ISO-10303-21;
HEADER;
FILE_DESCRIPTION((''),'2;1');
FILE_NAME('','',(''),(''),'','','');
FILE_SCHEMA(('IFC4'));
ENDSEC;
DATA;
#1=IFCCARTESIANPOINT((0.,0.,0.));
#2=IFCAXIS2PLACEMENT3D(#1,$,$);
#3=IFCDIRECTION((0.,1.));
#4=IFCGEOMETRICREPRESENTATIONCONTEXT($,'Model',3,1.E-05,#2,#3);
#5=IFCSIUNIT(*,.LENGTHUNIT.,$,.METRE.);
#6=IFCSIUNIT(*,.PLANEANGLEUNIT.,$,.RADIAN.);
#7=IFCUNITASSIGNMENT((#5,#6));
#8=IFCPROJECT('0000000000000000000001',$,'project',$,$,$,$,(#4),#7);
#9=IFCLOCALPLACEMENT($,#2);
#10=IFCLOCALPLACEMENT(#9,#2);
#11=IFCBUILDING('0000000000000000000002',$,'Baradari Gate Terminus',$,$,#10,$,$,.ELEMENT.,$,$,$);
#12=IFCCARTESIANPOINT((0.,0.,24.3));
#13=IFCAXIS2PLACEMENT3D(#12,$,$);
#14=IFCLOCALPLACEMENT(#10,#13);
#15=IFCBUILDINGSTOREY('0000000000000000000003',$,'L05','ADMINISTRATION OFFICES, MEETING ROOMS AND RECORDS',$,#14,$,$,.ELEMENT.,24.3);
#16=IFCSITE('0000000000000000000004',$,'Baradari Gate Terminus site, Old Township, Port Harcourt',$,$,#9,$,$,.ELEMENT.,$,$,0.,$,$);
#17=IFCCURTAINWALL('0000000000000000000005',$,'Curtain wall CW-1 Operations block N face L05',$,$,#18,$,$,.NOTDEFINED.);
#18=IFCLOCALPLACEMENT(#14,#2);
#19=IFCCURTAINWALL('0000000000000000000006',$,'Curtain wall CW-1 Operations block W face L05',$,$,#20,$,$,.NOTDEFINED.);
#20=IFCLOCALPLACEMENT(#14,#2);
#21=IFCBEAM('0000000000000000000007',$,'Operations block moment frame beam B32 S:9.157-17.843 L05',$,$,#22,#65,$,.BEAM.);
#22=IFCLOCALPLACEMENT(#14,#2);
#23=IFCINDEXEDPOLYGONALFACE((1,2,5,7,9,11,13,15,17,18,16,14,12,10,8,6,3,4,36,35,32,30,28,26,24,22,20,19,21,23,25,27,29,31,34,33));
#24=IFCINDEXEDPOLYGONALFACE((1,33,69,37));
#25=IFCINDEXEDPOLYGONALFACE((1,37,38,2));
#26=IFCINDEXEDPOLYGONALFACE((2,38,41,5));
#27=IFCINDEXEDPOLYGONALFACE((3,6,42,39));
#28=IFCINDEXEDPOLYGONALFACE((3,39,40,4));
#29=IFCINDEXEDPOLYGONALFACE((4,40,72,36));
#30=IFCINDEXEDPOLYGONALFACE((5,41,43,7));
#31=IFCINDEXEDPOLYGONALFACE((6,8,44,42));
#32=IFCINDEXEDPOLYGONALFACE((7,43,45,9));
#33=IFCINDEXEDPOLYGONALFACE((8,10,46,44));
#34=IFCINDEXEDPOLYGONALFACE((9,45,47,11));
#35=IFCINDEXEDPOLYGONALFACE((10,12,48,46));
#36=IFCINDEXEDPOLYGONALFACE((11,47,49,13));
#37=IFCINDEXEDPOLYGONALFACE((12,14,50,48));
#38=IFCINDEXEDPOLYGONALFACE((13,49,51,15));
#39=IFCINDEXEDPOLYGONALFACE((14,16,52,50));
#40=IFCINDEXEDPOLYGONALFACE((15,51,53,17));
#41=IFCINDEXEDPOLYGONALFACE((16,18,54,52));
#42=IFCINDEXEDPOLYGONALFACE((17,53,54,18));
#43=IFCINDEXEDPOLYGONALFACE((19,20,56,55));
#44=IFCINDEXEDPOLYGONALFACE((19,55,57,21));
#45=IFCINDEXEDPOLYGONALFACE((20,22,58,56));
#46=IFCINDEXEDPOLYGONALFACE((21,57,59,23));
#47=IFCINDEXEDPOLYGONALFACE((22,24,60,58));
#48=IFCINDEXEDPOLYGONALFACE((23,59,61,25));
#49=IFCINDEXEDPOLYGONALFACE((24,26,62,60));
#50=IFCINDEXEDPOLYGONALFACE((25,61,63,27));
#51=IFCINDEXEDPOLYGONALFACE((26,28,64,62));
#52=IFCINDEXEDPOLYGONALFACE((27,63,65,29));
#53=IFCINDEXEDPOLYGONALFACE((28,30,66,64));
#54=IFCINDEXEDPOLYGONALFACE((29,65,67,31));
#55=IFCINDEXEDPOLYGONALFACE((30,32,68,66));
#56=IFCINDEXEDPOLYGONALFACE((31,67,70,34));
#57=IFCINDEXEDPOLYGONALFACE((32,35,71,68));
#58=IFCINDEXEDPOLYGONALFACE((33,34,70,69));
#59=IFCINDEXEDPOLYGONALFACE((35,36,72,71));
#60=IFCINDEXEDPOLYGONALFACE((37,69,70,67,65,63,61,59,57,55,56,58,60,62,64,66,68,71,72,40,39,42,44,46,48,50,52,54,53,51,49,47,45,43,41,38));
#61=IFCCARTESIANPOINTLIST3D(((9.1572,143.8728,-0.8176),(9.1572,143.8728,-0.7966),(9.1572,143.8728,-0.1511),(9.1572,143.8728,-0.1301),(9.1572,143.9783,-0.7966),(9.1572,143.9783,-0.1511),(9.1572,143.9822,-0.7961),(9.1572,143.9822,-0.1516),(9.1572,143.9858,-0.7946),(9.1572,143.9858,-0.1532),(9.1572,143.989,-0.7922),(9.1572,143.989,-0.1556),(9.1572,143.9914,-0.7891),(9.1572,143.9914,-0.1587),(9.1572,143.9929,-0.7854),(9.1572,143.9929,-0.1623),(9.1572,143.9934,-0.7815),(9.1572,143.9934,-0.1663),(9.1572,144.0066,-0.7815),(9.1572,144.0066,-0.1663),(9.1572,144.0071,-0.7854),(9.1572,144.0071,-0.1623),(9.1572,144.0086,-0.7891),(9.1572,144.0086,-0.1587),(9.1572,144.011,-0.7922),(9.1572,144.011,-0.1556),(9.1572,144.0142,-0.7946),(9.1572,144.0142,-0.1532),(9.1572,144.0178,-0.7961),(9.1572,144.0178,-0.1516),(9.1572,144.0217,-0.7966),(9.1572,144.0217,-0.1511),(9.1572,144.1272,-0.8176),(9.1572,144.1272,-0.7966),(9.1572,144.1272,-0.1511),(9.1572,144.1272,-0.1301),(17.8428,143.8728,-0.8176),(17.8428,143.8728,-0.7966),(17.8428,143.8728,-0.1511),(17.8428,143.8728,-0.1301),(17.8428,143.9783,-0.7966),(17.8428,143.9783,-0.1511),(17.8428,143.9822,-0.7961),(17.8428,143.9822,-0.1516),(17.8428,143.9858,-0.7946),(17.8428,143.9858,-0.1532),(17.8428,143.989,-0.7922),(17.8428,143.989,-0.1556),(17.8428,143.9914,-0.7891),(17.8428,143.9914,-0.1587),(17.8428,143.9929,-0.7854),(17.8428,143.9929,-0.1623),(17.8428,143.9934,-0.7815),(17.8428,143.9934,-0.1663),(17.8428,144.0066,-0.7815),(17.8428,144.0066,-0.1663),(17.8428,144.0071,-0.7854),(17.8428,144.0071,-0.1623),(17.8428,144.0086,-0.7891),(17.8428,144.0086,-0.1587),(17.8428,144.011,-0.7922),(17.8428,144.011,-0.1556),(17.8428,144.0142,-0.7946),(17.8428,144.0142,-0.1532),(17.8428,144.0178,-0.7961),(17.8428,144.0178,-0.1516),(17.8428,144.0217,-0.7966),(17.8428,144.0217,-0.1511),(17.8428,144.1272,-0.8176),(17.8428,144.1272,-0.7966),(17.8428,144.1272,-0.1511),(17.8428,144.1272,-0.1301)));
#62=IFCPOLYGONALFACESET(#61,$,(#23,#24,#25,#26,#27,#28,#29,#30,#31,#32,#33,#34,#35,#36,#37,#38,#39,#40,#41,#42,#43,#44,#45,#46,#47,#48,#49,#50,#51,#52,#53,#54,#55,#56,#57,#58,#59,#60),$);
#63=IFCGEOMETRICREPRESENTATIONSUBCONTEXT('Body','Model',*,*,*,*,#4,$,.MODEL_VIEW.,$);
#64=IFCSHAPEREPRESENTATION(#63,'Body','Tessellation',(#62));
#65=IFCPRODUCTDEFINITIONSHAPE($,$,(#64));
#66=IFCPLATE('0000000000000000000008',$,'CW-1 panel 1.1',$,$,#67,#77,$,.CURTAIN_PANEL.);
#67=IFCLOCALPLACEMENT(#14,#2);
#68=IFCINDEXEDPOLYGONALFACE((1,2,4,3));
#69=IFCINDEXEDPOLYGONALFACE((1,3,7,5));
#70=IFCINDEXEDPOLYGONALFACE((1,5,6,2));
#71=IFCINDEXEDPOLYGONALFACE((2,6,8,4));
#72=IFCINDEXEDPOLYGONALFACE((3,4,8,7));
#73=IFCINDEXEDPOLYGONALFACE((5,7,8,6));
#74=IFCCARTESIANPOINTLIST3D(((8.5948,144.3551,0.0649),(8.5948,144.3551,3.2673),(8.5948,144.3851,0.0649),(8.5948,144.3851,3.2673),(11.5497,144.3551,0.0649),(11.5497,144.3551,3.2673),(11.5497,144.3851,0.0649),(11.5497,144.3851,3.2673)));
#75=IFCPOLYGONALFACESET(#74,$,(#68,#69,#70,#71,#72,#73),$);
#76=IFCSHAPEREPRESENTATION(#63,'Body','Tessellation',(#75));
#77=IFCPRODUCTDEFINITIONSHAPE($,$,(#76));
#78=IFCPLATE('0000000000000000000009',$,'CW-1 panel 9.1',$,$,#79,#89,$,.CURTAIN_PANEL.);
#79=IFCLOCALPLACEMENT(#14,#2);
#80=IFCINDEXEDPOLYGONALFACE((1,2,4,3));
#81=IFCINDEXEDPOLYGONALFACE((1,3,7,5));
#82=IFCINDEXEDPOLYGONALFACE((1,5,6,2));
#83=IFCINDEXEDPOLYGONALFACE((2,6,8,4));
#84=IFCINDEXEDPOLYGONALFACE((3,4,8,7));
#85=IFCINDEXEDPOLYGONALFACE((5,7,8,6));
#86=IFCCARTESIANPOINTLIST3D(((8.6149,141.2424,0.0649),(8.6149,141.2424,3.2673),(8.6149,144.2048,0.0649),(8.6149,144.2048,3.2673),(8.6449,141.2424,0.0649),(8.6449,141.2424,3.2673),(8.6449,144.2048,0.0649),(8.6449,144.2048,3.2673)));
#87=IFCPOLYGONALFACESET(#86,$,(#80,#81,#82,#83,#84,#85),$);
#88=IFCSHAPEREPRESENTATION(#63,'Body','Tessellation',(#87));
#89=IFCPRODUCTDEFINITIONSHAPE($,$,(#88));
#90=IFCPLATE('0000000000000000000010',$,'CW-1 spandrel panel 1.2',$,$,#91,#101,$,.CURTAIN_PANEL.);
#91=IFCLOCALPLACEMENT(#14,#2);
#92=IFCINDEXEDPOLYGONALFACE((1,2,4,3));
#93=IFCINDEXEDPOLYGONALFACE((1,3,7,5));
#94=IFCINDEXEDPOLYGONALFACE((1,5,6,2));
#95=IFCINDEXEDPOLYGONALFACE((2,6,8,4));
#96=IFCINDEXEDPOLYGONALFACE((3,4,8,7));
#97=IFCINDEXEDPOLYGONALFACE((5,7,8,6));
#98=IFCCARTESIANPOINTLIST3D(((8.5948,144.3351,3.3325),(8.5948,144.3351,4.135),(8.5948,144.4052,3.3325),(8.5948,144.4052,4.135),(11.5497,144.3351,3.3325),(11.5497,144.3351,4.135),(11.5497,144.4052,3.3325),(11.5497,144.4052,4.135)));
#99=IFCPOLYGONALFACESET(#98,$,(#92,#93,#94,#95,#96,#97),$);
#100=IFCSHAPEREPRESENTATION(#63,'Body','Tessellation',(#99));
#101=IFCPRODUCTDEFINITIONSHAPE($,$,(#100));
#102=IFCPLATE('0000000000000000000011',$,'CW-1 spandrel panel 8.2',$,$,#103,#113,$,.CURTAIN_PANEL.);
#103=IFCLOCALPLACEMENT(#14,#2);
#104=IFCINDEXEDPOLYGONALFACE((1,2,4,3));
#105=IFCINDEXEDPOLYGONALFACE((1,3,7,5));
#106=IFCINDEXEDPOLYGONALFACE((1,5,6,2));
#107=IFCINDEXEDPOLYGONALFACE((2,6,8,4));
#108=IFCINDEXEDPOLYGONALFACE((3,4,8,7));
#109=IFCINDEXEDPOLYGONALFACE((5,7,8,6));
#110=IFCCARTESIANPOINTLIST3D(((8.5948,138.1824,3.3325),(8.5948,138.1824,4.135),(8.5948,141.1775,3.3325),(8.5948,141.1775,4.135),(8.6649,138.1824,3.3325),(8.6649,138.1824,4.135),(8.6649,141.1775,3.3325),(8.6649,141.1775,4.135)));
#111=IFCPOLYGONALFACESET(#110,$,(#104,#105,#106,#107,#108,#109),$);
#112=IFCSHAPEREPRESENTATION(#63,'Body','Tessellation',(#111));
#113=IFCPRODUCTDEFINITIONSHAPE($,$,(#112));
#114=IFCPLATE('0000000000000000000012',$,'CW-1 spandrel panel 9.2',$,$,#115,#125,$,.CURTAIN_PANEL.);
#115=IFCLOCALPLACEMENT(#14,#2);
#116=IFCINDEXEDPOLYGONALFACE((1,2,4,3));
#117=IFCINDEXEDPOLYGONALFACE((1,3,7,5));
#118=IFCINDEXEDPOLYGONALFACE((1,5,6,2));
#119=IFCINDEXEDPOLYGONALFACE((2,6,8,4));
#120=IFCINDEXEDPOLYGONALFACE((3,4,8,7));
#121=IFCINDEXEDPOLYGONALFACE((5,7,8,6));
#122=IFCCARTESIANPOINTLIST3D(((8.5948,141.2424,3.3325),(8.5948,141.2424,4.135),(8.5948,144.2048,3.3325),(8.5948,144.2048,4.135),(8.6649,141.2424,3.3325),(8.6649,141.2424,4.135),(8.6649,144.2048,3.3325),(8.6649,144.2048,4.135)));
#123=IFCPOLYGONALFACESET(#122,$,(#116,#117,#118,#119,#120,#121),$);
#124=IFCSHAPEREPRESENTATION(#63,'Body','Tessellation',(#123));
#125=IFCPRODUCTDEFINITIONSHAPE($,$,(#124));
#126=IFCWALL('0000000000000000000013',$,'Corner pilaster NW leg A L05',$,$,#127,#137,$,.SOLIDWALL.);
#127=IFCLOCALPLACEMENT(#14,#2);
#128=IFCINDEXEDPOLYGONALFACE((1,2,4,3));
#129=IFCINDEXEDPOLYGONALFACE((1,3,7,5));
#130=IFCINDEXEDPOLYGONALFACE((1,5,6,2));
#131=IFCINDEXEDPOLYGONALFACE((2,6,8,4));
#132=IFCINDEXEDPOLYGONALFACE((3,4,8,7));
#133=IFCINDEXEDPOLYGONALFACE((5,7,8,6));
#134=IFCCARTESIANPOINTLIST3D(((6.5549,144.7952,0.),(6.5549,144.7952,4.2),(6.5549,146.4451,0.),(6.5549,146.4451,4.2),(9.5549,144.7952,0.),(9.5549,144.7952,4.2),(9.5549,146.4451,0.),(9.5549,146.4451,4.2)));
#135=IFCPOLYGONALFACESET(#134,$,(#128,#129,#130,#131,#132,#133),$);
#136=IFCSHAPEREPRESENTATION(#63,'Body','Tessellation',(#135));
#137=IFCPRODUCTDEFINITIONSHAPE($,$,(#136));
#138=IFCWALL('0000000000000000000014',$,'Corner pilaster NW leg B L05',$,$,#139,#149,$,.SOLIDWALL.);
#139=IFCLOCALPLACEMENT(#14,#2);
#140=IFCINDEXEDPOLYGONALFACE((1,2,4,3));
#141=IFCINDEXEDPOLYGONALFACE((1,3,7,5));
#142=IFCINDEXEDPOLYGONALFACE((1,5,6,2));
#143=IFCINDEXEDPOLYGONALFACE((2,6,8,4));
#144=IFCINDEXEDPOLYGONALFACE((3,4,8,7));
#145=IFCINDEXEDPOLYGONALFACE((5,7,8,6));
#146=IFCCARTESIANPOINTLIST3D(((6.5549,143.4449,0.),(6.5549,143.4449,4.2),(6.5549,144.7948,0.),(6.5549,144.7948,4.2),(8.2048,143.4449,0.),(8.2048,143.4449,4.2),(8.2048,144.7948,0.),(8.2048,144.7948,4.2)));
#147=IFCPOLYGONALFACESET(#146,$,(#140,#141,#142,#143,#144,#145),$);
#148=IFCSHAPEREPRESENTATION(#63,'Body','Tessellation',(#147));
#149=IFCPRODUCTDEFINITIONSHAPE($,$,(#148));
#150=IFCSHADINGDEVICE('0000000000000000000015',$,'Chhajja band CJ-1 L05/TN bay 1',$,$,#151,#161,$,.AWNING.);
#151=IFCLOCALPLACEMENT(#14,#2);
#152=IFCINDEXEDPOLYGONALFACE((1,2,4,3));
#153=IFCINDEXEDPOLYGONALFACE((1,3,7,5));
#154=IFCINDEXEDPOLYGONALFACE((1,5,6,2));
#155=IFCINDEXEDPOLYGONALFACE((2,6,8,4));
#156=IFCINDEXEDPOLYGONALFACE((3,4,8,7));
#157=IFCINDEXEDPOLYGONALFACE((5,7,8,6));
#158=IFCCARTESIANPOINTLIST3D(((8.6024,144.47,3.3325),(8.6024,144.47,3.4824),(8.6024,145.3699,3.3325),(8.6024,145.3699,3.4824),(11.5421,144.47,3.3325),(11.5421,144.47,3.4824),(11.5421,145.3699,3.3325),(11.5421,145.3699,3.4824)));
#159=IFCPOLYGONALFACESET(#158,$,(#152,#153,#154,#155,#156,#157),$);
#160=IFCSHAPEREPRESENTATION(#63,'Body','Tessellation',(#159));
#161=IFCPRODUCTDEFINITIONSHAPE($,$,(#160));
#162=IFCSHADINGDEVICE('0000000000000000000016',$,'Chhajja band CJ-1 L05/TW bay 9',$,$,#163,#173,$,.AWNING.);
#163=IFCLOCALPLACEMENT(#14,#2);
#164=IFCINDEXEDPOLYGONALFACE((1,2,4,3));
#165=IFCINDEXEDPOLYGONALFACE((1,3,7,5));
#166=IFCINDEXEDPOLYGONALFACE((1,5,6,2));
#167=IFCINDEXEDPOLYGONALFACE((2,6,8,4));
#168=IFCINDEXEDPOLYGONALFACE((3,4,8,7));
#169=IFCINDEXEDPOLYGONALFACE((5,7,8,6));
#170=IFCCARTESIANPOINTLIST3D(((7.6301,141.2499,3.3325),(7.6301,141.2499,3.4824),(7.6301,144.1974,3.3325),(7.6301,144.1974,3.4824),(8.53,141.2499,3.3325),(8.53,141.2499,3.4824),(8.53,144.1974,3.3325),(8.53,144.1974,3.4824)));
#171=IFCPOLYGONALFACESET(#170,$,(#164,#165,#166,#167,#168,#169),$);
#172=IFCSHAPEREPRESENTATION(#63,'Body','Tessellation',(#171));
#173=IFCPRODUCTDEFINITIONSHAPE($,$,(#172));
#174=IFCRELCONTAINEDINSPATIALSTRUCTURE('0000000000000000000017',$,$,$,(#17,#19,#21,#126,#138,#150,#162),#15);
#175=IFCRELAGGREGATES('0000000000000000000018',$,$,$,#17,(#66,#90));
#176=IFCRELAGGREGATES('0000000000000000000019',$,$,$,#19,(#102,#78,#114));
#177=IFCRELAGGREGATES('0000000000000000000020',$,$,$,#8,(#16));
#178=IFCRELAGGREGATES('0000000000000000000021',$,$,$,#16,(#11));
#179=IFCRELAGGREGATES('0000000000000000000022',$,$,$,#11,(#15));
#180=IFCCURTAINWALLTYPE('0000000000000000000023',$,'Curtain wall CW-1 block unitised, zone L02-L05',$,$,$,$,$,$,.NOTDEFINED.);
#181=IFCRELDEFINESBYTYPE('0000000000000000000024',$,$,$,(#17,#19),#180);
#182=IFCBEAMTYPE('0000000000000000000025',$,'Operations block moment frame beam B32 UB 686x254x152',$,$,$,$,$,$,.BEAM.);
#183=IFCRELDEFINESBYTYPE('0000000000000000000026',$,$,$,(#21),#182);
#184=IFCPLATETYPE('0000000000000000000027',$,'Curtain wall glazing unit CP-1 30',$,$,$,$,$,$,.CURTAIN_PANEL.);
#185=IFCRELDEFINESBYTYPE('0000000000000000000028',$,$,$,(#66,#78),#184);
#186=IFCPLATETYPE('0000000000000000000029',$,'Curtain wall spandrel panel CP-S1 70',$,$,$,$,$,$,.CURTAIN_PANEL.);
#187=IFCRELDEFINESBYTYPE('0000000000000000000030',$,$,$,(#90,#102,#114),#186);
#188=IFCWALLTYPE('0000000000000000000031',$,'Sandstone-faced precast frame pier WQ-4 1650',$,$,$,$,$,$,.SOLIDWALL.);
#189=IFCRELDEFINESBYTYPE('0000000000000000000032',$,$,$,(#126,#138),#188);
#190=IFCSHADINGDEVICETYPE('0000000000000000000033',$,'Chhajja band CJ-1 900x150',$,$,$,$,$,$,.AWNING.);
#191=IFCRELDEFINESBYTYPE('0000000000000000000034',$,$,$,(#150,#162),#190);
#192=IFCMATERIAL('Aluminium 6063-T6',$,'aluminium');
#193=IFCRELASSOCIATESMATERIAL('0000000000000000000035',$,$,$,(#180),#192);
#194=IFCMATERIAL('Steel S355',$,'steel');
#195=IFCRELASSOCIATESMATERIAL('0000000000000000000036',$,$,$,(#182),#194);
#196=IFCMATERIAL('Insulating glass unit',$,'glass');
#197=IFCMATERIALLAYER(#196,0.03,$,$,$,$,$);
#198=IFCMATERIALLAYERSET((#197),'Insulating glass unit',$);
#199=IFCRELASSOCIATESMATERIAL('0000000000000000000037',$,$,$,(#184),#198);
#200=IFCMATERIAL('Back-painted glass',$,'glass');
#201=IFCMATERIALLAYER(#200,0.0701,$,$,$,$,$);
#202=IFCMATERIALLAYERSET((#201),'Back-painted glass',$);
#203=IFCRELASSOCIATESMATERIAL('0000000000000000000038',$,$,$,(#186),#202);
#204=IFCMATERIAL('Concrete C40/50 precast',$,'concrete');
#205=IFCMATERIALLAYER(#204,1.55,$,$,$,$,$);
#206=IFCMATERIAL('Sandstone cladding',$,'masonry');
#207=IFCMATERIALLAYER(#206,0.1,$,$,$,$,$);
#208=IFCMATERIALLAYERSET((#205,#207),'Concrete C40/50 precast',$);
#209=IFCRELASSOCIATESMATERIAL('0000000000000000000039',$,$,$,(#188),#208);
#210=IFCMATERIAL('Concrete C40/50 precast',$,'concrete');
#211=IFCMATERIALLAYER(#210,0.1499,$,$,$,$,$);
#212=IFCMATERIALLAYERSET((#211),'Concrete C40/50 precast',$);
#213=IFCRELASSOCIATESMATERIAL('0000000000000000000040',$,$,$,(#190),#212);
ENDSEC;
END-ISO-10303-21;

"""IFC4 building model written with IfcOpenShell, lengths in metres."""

from ifc_helpers import new_model, si_unit, direction, frame, frame_2d, origin, origin_2d, place, context, subcontext, project, spatial, rectangle, i_section, extrude, material, layer, layer_set, material_profile, profile_set, type_object, element, aggregate, save


model = new_model("IFC4")

# Units and contexts
model_context = context("Model", 3, precision=1e-05, world=origin(), true_north=direction((0.0, 1.0)))
body_context = subcontext(model_context, "Body", "Model", "MODEL_VIEW")
ifc_project = project(units=[si_unit("LENGTHUNIT", "METRE"), si_unit("PLANEANGLEUNIT", "RADIAN")], contexts=[model_context])

# Site, building, storey
site_placement = place(None, origin())
site = spatial("IfcSite", under=ifc_project, at=site_placement, Name="Baradari Gate Terminus site, Old Township, Port Harcourt", CompositionType="ELEMENT", RefElevation=0.0)
building_placement = place(site_placement, origin())
building = spatial("IfcBuilding", under=site, at=building_placement, Name="Baradari Gate Terminus", CompositionType="ELEMENT")
storey_placement = place(building_placement, frame((0.0, 0.0, 24.3)))
storey = spatial("IfcBuildingStorey", under=building, at=storey_placement, Name="L05", Description="ADMINISTRATION OFFICES, MEETING ROOMS AND RECORDS", CompositionType="ELEMENT", Elevation=24.3)

# Curtain wall
ifc_material_1 = material(Name="Aluminium 6063-T6", Category="aluminium")
curtain_wall_type = type_object("IfcCurtainWallType", Name="Curtain wall CW-1 block unitised, zone L02-L05", PredefinedType="NOTDEFINED", material=ifc_material_1)
curtain_wall_1_placement = place(storey_placement, origin())
curtain_wall_1 = element("IfcCurtainWall", 1, at=curtain_wall_1_placement, inside=storey, type_object=curtain_wall_type, Name="Curtain wall CW-1 Operations block N face L05", PredefinedType="NOTDEFINED")

# Curtain wall
curtain_wall_2_placement = place(storey_placement, origin())
curtain_wall_2 = element("IfcCurtainWall", 2, at=curtain_wall_2_placement, inside=storey, type_object=curtain_wall_type, Name="Curtain wall CW-1 Operations block W face L05", PredefinedType="NOTDEFINED")

# Beam
ifc_material_2 = material(Name="Steel S355", Category="steel")
ifc_material_profile_1 = material_profile(ifc_material_2, i_section(OverallWidth=0.2544, OverallDepth=0.6875, WebThickness=0.0132, FlangeThickness=0.021, FilletRadius=0.0151, at=origin_2d()), Name="UB 686x254x152")
ifc_profile_set_1 = profile_set([ifc_material_profile_1], Name="Steel S355")
beam_type = type_object("IfcBeamType", Name="Operations block moment frame beam B32 UB 686x254x152", PredefinedType="BEAM", material=ifc_profile_set_1)
beam_placement = place(storey_placement, frame((9.1572, 144.0, -0.4739), z_axis=(1.0, 0.0, 0.0), x_axis=(0.0, 1.0, 0.0)))
element("IfcBeam", 3, at=beam_placement, inside=storey, type_object=beam_type, Name="Operations block moment frame beam B32 S:9.157-17.843 L05", PredefinedType="BEAM", context=body_context, shape_type="SweptSolid", body=[
    extrude(i_section(OverallWidth=0.2544, OverallDepth=0.6875, WebThickness=0.0132, FlangeThickness=0.021, FilletRadius=0.0151, at=origin_2d()), origin(), (0.0, 0.0, 1.0), 8.6855),
])

# Plates
ifc_material_3 = material(Name="Insulating glass unit", Category="glass")
ifc_layer_1 = layer(ifc_material_3, 0.03)
ifc_layer_set_1 = layer_set([ifc_layer_1], Name="Insulating glass unit")
plate_type_1 = type_object("IfcPlateType", Name="Curtain wall glazing unit CP-1 30", PredefinedType="CURTAIN_PANEL", material=ifc_layer_set_1)
plate_1_placement = place(storey_placement, frame((10.0723, 144.3701, 0.0649), z_axis=(0.0, 0.0, 1.0), x_axis=(1.0, 0.0, 0.0)))
plate_1 = element("IfcPlate", 4, at=plate_1_placement, type_object=plate_type_1, Name="CW-1 panel 1.1", PredefinedType="CURTAIN_PANEL", context=body_context, shape_type="SweptSolid", body=[
    extrude(rectangle(XDim=2.9548, YDim=0.03, at=origin_2d()), origin(), (0.0, 0.0, 1.0), 3.2024),
])
plate_2_placement = place(storey_placement, frame((8.6299, 142.7236, 0.0649), z_axis=(0.0, 0.0, 1.0), x_axis=(0.0, 1.0, 0.0)))
plate_2 = element("IfcPlate", 5, at=plate_2_placement, type_object=plate_type_1, Name="CW-1 panel 9.1", PredefinedType="CURTAIN_PANEL", context=body_context, shape_type="SweptSolid", body=[
    extrude(rectangle(XDim=2.9624, YDim=0.03, at=origin_2d()), origin(), (0.0, 0.0, 1.0), 3.2024),
])
ifc_material_4 = material(Name="Back-painted glass", Category="glass")
ifc_layer_2 = layer(ifc_material_4, 0.0701)
ifc_layer_set_2 = layer_set([ifc_layer_2], Name="Back-painted glass")
plate_type_2 = type_object("IfcPlateType", Name="Curtain wall spandrel panel CP-S1 70", PredefinedType="CURTAIN_PANEL", material=ifc_layer_set_2)
plate_3_placement = place(storey_placement, frame((10.0723, 144.3701, 3.3325), z_axis=(0.0, 0.0, 1.0), x_axis=(1.0, 0.0, 0.0)))
plate_3 = element("IfcPlate", 6, at=plate_3_placement, type_object=plate_type_2, Name="CW-1 spandrel panel 1.2", PredefinedType="CURTAIN_PANEL", context=body_context, shape_type="SweptSolid", body=[
    extrude(rectangle(XDim=2.9548, YDim=0.0701, at=origin_2d()), origin(), (0.0, 0.0, 1.0), 0.8025),
])
aggregate(curtain_wall_1, [plate_1, plate_3])
plate_4_placement = place(storey_placement, frame((8.6299, 139.6799, 3.3325), z_axis=(0.0, 0.0, 1.0), x_axis=(0.0, 1.0, 0.0)))
plate_4 = element("IfcPlate", 7, at=plate_4_placement, type_object=plate_type_2, Name="CW-1 spandrel panel 8.2", PredefinedType="CURTAIN_PANEL", context=body_context, shape_type="SweptSolid", body=[
    extrude(rectangle(XDim=2.9951, YDim=0.0701, at=origin_2d()), origin(), (0.0, 0.0, 1.0), 0.8025),
])
plate_5_placement = place(storey_placement, frame((8.6299, 142.7236, 3.3325), z_axis=(0.0, 0.0, 1.0), x_axis=(0.0, 1.0, 0.0)))
plate_5 = element("IfcPlate", 8, at=plate_5_placement, type_object=plate_type_2, Name="CW-1 spandrel panel 9.2", PredefinedType="CURTAIN_PANEL", context=body_context, shape_type="SweptSolid", body=[
    extrude(rectangle(XDim=2.9624, YDim=0.0701, at=origin_2d()), origin(), (0.0, 0.0, 1.0), 0.8025),
])
aggregate(curtain_wall_2, [plate_4, plate_2, plate_5])

# Walls
ifc_material_5 = material(Name="Concrete C40/50 precast", Category="concrete")
ifc_layer_3 = layer(ifc_material_5, 1.55)
ifc_material_6 = material(Name="Sandstone cladding", Category="masonry")
ifc_layer_4 = layer(ifc_material_6, 0.1)
ifc_layer_set_3 = layer_set([ifc_layer_3, ifc_layer_4], Name="Concrete C40/50 precast")
wall_type = type_object("IfcWallType", Name="Sandstone-faced precast frame pier WQ-4 1650", PredefinedType="SOLIDWALL", material=ifc_layer_set_3)
wall_1_placement = place(storey_placement, frame((6.5549, 145.6201, 0.0), z_axis=(0.0, 0.0, 1.0), x_axis=(1.0, 0.0, 0.0)))
element("IfcWall", 9, at=wall_1_placement, inside=storey, type_object=wall_type, Name="Corner pilaster NW leg A L05", PredefinedType="SOLIDWALL", context=body_context, shape_type="SweptSolid", body=[
    extrude(rectangle(XDim=3.0, YDim=1.6499, at=frame_2d((1.5, 0.0))), origin(), (0.0, 0.0, 1.0), 4.2),
])
wall_2_placement = place(storey_placement, frame((7.3799, 143.4451, 0.0), z_axis=(0.0, 0.0, 1.0), x_axis=(0.0, 1.0, 0.0)))
element("IfcWall", 10, at=wall_2_placement, inside=storey, type_object=wall_type, Name="Corner pilaster NW leg B L05", PredefinedType="SOLIDWALL", context=body_context, shape_type="SweptSolid", body=[
    extrude(rectangle(XDim=1.3499, YDim=1.6499, at=frame_2d((0.6748, 0.0))), origin(), (0.0, 0.0, 1.0), 4.2),
])

# Shading devices
ifc_material_7 = material(Name="Concrete C40/50 precast", Category="concrete")
ifc_layer_5 = layer(ifc_material_7, 0.1499)
ifc_layer_set_4 = layer_set([ifc_layer_5], Name="Concrete C40/50 precast")
shading_device_type_1 = type_object("IfcShadingDeviceType", Name="Chhajja band CJ-1 900x150", PredefinedType="AWNING", material=ifc_layer_set_4)
shading_device_1_placement = place(storey_placement, frame((10.0723, 144.9199, 3.3325), z_axis=(0.0, 0.0, 1.0), x_axis=(1.0, 0.0, 0.0)))
element("IfcShadingDevice", 11, at=shading_device_1_placement, inside=storey, type_object=shading_device_type_1, Name="Chhajja band CJ-1 L05/TN bay 1", PredefinedType="AWNING", context=body_context, shape_type="SweptSolid", body=[
    extrude(rectangle(XDim=2.9397, YDim=0.8999, at=origin_2d()), origin(), (0.0, 0.0, 1.0), 0.1499),
])
shading_device_2_placement = place(storey_placement, frame((8.0801, 142.7236, 3.3325), z_axis=(0.0, 0.0, 1.0), x_axis=(0.0, 1.0, 0.0)))
element("IfcShadingDevice", 12, at=shading_device_2_placement, inside=storey, type_object=shading_device_type_1, Name="Chhajja band CJ-1 L05/TW bay 9", PredefinedType="AWNING", context=body_context, shape_type="SweptSolid", body=[
    extrude(rectangle(XDim=2.9475, YDim=0.8999, at=origin_2d()), origin(), (0.0, 0.0, 1.0), 0.1499),
])

save(model, "model.ifc")
